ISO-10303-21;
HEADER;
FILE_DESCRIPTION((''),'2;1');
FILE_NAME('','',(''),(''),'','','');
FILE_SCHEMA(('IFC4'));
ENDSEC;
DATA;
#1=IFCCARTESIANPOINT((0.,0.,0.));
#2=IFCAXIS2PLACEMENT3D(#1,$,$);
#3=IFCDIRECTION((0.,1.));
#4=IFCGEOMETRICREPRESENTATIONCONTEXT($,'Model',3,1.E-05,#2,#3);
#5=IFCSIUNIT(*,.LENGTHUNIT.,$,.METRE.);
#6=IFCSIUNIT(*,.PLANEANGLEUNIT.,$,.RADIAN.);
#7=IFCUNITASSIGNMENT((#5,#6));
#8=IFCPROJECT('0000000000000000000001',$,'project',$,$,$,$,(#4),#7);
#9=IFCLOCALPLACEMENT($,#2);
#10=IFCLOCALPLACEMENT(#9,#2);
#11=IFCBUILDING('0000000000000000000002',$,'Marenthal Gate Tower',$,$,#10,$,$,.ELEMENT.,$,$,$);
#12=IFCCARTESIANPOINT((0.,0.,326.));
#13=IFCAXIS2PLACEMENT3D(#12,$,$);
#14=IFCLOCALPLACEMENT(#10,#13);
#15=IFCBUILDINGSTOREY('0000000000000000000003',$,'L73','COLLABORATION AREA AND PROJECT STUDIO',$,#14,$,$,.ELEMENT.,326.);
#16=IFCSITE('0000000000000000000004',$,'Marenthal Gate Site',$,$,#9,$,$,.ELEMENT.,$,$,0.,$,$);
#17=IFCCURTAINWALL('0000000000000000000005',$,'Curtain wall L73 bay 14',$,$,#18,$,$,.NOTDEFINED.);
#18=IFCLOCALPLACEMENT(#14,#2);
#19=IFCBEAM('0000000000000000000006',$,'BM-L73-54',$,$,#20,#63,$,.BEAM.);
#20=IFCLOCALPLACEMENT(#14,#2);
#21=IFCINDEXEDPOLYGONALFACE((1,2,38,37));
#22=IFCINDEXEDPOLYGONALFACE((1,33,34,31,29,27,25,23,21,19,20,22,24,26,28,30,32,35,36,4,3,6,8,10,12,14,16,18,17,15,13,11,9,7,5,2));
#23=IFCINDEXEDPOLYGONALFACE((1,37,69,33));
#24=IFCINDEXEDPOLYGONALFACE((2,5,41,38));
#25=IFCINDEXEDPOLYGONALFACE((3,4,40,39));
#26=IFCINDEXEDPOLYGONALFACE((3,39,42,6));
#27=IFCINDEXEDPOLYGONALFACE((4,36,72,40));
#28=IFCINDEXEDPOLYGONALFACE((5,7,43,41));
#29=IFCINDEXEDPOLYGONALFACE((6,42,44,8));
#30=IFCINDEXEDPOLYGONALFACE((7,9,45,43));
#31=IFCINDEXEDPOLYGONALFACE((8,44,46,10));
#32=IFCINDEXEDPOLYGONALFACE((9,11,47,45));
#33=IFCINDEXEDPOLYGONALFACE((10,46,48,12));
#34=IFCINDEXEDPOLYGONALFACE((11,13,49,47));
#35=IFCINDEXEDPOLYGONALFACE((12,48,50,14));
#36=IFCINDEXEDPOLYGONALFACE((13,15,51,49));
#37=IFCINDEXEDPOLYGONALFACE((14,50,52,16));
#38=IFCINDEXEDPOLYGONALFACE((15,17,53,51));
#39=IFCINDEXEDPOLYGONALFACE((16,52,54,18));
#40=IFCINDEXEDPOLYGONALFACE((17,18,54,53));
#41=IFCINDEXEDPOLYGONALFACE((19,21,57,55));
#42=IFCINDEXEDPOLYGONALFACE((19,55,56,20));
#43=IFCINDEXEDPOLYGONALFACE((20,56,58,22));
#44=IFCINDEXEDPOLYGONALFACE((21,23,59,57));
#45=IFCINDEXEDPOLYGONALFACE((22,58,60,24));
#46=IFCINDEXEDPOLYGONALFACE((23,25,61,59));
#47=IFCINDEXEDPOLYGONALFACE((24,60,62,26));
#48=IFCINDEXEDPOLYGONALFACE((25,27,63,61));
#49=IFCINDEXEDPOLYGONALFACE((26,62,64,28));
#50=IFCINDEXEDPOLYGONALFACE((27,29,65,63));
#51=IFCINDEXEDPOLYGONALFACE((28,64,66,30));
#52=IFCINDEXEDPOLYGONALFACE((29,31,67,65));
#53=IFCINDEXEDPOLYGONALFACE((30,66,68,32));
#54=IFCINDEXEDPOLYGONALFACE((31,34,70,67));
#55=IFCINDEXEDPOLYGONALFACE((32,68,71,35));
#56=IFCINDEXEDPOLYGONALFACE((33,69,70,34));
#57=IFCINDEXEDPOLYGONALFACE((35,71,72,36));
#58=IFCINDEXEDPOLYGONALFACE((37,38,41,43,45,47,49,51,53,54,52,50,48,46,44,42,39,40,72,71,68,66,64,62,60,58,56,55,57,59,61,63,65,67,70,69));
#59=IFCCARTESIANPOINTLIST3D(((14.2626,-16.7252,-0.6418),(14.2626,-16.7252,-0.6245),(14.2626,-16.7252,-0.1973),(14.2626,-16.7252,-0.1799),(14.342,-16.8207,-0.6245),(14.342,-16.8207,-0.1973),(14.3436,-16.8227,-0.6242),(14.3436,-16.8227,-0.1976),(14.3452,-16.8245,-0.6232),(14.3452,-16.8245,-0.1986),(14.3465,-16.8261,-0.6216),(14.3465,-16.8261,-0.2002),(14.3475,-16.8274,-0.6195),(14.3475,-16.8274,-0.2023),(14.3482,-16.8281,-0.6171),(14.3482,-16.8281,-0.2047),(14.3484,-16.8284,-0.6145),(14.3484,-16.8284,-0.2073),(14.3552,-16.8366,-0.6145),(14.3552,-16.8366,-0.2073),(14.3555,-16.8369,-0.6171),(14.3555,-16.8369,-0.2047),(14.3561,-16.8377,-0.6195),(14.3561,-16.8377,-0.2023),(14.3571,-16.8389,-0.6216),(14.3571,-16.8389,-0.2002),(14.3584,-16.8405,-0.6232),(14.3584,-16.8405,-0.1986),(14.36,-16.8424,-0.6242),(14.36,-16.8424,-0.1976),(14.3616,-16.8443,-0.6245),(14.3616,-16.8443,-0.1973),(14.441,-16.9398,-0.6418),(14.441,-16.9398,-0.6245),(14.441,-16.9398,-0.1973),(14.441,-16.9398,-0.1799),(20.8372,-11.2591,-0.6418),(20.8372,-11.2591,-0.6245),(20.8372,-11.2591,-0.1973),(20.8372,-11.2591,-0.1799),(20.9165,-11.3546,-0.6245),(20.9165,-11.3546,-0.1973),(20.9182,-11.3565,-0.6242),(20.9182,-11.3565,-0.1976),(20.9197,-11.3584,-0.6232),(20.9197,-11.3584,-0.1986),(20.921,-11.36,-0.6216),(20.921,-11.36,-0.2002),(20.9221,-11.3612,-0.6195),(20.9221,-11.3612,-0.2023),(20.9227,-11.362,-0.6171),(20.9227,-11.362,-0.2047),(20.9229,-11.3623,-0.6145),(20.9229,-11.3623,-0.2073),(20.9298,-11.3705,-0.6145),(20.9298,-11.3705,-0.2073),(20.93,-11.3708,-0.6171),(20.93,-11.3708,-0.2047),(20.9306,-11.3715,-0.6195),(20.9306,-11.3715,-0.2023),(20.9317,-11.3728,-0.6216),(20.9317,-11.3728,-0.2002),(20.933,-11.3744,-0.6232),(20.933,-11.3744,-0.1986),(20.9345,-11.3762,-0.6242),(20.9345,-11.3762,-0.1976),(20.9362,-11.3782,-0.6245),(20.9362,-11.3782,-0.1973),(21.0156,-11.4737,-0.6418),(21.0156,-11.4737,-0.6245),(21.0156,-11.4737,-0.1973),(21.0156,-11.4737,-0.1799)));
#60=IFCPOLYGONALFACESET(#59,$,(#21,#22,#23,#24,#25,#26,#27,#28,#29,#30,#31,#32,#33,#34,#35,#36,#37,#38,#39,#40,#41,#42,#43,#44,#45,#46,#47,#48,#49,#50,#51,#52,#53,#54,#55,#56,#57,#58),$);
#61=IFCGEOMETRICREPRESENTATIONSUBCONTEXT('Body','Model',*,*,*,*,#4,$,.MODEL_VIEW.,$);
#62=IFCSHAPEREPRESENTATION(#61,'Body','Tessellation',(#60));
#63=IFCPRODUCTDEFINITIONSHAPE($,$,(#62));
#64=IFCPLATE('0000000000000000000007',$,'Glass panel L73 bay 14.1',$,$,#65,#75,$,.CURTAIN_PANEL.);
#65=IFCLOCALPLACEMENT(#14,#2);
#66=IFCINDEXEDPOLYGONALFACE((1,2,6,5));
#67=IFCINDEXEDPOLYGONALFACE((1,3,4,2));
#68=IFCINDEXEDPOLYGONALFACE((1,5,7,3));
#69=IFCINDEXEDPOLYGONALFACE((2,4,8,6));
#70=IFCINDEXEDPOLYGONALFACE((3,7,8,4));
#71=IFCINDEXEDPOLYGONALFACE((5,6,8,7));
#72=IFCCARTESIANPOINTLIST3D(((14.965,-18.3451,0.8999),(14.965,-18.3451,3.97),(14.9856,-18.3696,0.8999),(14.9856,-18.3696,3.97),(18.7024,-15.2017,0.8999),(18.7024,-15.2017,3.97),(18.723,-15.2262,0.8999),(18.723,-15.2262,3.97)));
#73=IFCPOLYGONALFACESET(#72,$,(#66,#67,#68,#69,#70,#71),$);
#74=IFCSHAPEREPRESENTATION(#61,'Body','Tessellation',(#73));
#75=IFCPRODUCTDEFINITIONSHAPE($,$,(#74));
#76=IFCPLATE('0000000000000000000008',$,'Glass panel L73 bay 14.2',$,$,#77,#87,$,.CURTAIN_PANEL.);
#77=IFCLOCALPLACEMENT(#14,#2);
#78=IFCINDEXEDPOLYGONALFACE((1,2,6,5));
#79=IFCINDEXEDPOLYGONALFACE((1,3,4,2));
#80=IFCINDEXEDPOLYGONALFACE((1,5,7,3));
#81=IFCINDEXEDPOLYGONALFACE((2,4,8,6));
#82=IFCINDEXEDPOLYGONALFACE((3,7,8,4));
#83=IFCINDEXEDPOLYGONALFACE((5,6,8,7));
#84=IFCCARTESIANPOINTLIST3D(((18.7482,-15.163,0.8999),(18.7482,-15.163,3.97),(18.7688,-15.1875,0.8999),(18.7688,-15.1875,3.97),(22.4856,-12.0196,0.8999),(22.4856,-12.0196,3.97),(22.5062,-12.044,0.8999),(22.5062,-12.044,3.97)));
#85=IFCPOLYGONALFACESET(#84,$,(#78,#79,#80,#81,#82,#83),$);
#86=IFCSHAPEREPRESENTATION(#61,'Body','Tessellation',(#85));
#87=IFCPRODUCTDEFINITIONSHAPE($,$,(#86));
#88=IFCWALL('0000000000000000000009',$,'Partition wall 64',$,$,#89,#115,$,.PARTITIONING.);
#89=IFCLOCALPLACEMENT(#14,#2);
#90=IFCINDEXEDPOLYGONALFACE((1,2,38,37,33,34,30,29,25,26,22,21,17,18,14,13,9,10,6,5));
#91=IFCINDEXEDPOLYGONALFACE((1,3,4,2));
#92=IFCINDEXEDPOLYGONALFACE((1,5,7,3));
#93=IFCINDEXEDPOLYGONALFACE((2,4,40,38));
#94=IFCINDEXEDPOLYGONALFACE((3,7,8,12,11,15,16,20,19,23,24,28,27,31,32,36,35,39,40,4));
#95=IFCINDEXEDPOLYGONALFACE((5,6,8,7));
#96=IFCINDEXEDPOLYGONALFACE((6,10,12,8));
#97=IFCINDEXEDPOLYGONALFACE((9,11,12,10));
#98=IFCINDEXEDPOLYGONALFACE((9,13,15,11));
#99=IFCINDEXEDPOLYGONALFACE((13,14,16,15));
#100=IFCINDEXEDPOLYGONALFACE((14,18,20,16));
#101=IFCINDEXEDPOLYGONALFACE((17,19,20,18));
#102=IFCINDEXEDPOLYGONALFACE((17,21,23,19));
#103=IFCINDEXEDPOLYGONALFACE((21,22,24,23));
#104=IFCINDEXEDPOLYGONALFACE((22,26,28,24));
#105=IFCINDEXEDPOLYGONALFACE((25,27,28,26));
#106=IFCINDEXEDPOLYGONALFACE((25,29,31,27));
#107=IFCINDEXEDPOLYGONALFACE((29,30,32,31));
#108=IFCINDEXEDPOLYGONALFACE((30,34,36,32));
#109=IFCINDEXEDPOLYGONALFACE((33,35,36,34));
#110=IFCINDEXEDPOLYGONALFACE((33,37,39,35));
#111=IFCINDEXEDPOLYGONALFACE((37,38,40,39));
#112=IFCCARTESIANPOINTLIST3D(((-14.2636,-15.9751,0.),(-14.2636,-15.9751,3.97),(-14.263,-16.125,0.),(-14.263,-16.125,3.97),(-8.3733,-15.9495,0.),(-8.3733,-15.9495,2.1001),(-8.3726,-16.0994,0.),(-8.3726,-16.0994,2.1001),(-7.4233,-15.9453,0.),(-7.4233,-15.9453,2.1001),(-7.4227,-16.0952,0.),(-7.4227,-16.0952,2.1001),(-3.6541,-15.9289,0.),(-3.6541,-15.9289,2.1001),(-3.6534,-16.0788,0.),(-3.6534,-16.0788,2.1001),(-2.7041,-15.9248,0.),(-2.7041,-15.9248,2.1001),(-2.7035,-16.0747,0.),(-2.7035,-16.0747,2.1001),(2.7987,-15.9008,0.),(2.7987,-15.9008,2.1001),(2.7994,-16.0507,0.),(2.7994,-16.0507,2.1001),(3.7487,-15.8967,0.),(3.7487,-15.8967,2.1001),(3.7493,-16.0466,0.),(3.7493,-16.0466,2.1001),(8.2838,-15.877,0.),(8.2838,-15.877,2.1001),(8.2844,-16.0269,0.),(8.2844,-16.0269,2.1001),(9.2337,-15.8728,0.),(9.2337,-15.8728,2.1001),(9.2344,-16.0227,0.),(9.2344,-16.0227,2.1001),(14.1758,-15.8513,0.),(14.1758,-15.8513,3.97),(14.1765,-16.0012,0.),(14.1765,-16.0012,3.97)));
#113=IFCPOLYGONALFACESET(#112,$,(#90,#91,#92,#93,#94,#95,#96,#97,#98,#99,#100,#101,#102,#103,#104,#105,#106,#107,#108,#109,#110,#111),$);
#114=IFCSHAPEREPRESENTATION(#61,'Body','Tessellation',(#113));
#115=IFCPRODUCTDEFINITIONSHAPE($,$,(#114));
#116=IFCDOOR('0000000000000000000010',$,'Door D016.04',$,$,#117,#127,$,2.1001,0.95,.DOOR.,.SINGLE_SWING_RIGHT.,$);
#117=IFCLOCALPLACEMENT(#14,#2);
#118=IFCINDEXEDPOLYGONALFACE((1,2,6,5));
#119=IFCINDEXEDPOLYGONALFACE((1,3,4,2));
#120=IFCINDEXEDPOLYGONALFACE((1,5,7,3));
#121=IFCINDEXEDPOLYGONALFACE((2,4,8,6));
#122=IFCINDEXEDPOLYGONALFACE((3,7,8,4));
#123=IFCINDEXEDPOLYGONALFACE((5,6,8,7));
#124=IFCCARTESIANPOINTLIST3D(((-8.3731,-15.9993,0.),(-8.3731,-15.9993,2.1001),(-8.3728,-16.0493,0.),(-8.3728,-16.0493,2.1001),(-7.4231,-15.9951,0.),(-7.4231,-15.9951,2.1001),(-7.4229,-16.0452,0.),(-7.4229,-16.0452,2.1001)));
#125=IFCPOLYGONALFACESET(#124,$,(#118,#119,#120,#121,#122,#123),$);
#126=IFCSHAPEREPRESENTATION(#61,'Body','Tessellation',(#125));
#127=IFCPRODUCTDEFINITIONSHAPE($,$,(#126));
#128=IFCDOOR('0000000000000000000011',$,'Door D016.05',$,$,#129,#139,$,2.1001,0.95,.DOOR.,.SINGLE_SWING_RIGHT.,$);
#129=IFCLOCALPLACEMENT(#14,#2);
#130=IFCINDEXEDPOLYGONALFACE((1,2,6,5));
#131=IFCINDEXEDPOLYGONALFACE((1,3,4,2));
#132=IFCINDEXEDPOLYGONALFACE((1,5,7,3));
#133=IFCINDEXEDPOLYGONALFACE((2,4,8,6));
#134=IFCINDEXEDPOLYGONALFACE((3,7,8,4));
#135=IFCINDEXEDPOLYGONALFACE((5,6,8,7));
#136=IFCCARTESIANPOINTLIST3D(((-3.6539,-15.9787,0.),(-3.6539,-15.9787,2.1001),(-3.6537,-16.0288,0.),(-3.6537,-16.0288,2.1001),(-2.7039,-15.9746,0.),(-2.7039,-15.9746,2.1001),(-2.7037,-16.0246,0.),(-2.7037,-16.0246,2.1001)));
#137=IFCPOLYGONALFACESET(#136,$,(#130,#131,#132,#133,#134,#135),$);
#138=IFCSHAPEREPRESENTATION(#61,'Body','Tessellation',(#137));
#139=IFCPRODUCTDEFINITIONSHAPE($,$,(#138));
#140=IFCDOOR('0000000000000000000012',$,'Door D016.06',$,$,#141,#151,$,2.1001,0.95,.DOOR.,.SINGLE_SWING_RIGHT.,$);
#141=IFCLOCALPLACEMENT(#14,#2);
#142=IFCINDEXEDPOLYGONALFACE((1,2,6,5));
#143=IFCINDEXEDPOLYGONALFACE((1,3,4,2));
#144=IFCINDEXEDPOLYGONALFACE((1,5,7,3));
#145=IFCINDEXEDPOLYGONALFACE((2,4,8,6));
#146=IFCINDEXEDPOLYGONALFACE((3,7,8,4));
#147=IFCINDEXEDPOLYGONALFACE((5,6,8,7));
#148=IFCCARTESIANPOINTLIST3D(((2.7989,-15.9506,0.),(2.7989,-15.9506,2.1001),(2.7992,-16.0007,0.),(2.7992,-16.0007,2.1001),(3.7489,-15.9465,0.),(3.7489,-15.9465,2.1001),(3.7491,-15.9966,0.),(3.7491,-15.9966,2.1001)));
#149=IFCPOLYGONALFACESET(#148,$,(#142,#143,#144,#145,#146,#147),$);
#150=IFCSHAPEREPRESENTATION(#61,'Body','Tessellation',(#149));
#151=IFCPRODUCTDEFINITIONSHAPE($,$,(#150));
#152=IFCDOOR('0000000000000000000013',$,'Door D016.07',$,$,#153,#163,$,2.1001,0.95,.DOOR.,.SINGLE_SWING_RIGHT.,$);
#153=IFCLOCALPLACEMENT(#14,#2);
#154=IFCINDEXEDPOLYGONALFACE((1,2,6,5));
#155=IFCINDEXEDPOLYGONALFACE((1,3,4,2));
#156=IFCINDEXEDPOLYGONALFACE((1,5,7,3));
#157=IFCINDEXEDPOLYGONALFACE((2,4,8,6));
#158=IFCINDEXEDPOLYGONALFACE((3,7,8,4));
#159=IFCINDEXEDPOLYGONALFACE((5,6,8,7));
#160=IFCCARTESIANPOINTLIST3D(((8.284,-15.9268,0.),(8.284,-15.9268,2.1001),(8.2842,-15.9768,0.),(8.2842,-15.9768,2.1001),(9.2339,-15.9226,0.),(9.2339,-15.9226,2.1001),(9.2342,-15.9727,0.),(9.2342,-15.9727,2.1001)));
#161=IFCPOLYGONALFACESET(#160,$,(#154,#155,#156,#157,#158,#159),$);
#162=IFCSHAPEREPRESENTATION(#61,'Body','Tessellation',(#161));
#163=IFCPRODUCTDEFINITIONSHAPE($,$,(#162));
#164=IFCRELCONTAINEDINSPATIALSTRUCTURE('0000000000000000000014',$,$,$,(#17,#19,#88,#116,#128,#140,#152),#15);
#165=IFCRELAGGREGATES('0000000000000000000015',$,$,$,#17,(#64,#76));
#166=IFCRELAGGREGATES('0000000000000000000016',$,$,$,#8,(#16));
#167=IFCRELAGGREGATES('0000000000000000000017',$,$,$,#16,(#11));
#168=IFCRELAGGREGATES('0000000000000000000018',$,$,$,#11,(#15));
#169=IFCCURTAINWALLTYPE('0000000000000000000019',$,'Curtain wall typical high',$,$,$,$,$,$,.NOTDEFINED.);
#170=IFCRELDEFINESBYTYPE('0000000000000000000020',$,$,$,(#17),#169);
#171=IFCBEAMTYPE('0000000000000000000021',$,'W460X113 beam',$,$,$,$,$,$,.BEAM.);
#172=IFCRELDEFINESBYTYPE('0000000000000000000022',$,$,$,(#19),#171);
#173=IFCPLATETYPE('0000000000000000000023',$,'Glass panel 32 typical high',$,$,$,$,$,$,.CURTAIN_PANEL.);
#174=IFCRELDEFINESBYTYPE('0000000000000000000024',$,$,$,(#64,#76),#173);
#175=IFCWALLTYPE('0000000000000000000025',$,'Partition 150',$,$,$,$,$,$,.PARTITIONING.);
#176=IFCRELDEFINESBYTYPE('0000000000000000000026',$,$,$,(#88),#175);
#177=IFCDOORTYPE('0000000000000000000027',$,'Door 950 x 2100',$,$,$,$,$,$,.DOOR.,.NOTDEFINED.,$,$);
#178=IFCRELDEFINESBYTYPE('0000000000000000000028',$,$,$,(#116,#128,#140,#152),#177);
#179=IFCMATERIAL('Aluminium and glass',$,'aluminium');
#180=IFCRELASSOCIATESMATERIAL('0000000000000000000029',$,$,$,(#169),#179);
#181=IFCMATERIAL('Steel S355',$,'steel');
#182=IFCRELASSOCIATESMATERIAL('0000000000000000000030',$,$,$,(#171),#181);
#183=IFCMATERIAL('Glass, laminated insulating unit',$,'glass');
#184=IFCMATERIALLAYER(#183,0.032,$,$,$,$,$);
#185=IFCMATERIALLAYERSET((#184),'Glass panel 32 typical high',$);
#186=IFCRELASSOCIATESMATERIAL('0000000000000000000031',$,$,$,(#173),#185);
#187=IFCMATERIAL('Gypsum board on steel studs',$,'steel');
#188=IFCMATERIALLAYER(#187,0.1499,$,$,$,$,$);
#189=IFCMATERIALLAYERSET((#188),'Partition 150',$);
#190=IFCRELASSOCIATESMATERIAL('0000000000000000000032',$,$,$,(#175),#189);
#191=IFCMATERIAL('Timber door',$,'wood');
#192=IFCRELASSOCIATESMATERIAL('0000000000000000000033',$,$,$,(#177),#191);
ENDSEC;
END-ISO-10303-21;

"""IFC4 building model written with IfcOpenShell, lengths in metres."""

from ifc_helpers import new_model, si_unit, direction, frame, frame_2d, origin, origin_2d, place, context, subcontext, project, spatial, rectangle, i_section, extrude, material, layer, layer_set, material_profile, profile_set, type_object, element, fill, aggregate, save


model = new_model("IFC4")

# Units and contexts
model_context = context("Model", 3, precision=1e-05, world=origin(), true_north=direction((0.0, 1.0)))
body_context = subcontext(model_context, "Body", "Model", "MODEL_VIEW")
ifc_project = project(units=[si_unit("LENGTHUNIT", "METRE"), si_unit("PLANEANGLEUNIT", "RADIAN")], contexts=[model_context])

# Site, building, storey
site_placement = place(None, origin())
site = spatial("IfcSite", under=ifc_project, at=site_placement, Name="Marenthal Gate Site", CompositionType="ELEMENT", RefElevation=0.0)
building_placement = place(site_placement, origin())
building = spatial("IfcBuilding", under=site, at=building_placement, Name="Marenthal Gate Tower", CompositionType="ELEMENT")
storey_placement = place(building_placement, frame((0.0, 0.0, 326.0)))
storey = spatial("IfcBuildingStorey", under=building, at=storey_placement, Name="L73", Description="COLLABORATION AREA AND PROJECT STUDIO", CompositionType="ELEMENT", Elevation=326.0)

# Curtain wall
ifc_material_1 = material(Name="Aluminium and glass", Category="aluminium")
curtain_wall_type = type_object("IfcCurtainWallType", Name="Curtain wall typical high", PredefinedType="NOTDEFINED", material=ifc_material_1)
curtain_wall_placement = place(storey_placement, origin())
curtain_wall = element("IfcCurtainWall", 1, at=curtain_wall_placement, inside=storey, type_object=curtain_wall_type, Name="Curtain wall L73 bay 14", PredefinedType="NOTDEFINED")

# Beam
ifc_material_2 = material(Name="Steel S355", Category="steel")
ifc_material_profile_1 = material_profile(ifc_material_2, i_section(OverallWidth=0.2791, OverallDepth=0.4619, WebThickness=0.0107, FlangeThickness=0.0173, FilletRadius=0.01, at=origin_2d()), Name="W460X113")
ifc_profile_set_1 = profile_set([ifc_material_profile_1], Name="Steel S355")
beam_type_1 = type_object("IfcBeamType", Name="W460X113 beam", PredefinedType="BEAM", material=ifc_profile_set_1)
beam_1_placement = place(storey_placement, frame((14.3518, -16.8325, -0.4109), z_axis=(0.768949, 0.63931, 0.0), x_axis=(-0.63931, 0.768949, 0.0)))
element("IfcBeam", 2, at=beam_1_placement, inside=storey, type_object=beam_type_1, Name="BM-L73-54", PredefinedType="BEAM", context=body_context, shape_type="SweptSolid", body=[
    extrude(i_section(OverallWidth=0.2791, OverallDepth=0.4619, WebThickness=0.0107, FlangeThickness=0.0173, FilletRadius=0.01, at=origin_2d()), origin(), (0.0, 0.0, 1.0), 8.55),
])

# Plates
ifc_material_3 = material(Name="Glass, laminated insulating unit", Category="glass")
ifc_layer_1 = layer(ifc_material_3, 0.032)
ifc_layer_set_1 = layer_set([ifc_layer_1], Name="Glass panel 32 typical high")
plate_type = type_object("IfcPlateType", Name="Glass panel 32 typical high", PredefinedType="CURTAIN_PANEL", material=ifc_layer_set_1)
plate_1_placement = place(storey_placement, frame((16.844, -16.7856, 0.8999), z_axis=(0.0, 0.0, 1.0), x_axis=(0.765298, 0.643676, 0.0)))
plate_1 = element("IfcPlate", 3, at=plate_1_placement, type_object=plate_type, Name="Glass panel L73 bay 14.1", PredefinedType="CURTAIN_PANEL", context=body_context, shape_type="SweptSolid", body=[
    extrude(rectangle(XDim=4.8835, YDim=0.032, at=origin_2d()), origin(), (0.0, 0.0, 1.0), 3.0701),
])
plate_2_placement = place(storey_placement, frame((20.6272, -13.6035, 0.8999), z_axis=(0.0, 0.0, 1.0), x_axis=(0.765298, 0.643676, 0.0)))
plate_2 = element("IfcPlate", 4, at=plate_2_placement, type_object=plate_type, Name="Glass panel L73 bay 14.2", PredefinedType="CURTAIN_PANEL", context=body_context, shape_type="SweptSolid", body=[
    extrude(rectangle(XDim=4.8835, YDim=0.032, at=origin_2d()), origin(), (0.0, 0.0, 1.0), 3.0701),
])
aggregate(curtain_wall, [plate_1, plate_2])

# Wall, openings, doors
ifc_material_4 = material(Name="Gypsum board on steel studs", Category="steel")
ifc_layer_2 = layer(ifc_material_4, 0.1499)
ifc_layer_set_2 = layer_set([ifc_layer_2], Name="Partition 150")
wall_type_1 = type_object("IfcWallType", Name="Partition 150", PredefinedType="PARTITIONING", material=ifc_layer_set_2)
wall_1_placement = place(storey_placement, frame((14.176, -15.9263, 0.0), z_axis=(0.0, 0.0, 1.0), x_axis=(-0.999991, -0.004352, 0.0)))
wall_1 = element("IfcWall", 5, at=wall_1_placement, inside=storey, type_object=wall_type_1, Name="Partition wall 64", PredefinedType="PARTITIONING", context=body_context, shape_type="SweptSolid", body=[
    extrude(rectangle(XDim=28.4397, YDim=0.1499, at=frame_2d((14.2197, 0.0))), origin(), (0.0, 0.0, 1.0), 3.97),
])
opening_1_placement = place(wall_1_placement, frame((21.5991, 0.0, 0.0)))
opening_1 = element("IfcOpeningElement", 6, at=opening_1_placement, cuts=wall_1, PredefinedType="OPENING", context=body_context, shape_type="SweptSolid", body=[
    extrude(rectangle(XDim=0.95, YDim=2.1001, at=frame_2d((0.4751, 1.05))), frame((0.0, 0.085, 0.0), z_axis=(0.0, -1.0, 0.0), x_axis=(1.0, 0.0, 0.0)), (0.0, 0.0, 1.0), 0.1699),
])
opening_2_placement = place(wall_1_placement, frame((16.8799, 0.0, 0.0)))
opening_2 = element("IfcOpeningElement", 7, at=opening_2_placement, cuts=wall_1, PredefinedType="OPENING", context=body_context, shape_type="SweptSolid", body=[
    extrude(rectangle(XDim=0.95, YDim=2.1001, at=frame_2d((0.4751, 1.05))), frame((0.0, 0.085, 0.0), z_axis=(0.0, -1.0, 0.0), x_axis=(1.0, 0.0, 0.0)), (0.0, 0.0, 1.0), 0.1699),
])
opening_3_placement = place(wall_1_placement, frame((10.427, 0.0, 0.0)))
opening_3 = element("IfcOpeningElement", 8, at=opening_3_placement, cuts=wall_1, PredefinedType="OPENING", context=body_context, shape_type="SweptSolid", body=[
    extrude(rectangle(XDim=0.95, YDim=2.1001, at=frame_2d((0.4751, 1.05))), frame((0.0, 0.085, 0.0), z_axis=(0.0, -1.0, 0.0), x_axis=(1.0, 0.0, 0.0)), (0.0, 0.0, 1.0), 0.1699),
])
opening_4_placement = place(wall_1_placement, frame((4.9419, 0.0, 0.0)))
opening_4 = element("IfcOpeningElement", 9, at=opening_4_placement, cuts=wall_1, PredefinedType="OPENING", context=body_context, shape_type="SweptSolid", body=[
    extrude(rectangle(XDim=0.95, YDim=2.1001, at=frame_2d((0.4751, 1.05))), frame((0.0, 0.085, 0.0), z_axis=(0.0, -1.0, 0.0), x_axis=(1.0, 0.0, 0.0)), (0.0, 0.0, 1.0), 0.1699),
])
ifc_material_5 = material(Name="Timber door", Category="wood")
door_type_1 = type_object("IfcDoorType", Name="Door 950 x 2100", OperationType="NOTDEFINED", PredefinedType="DOOR", material=ifc_material_5)
door_1_placement = place(opening_1_placement, origin())
door_1 = element("IfcDoor", 10, at=door_1_placement, inside=storey, type_object=door_type_1, Name="Door D016.04", OperationType="SINGLE_SWING_RIGHT", OverallHeight=2.1001, OverallWidth=0.95, PredefinedType="DOOR", context=body_context, shape_type="SweptSolid", body=[
    extrude(rectangle(XDim=0.95, YDim=2.1001, at=frame_2d((0.4751, 1.05))), frame((0.0, 0.0249, 0.0), z_axis=(0.0, -1.0, 0.0), x_axis=(1.0, 0.0, 0.0)), (0.0, 0.0, 1.0), 0.05),
])
fill(opening_1, door_1)
door_2_placement = place(opening_2_placement, origin())
door_2 = element("IfcDoor", 11, at=door_2_placement, inside=storey, type_object=door_type_1, Name="Door D016.05", OperationType="SINGLE_SWING_RIGHT", OverallHeight=2.1001, OverallWidth=0.95, PredefinedType="DOOR", context=body_context, shape_type="SweptSolid", body=[
    extrude(rectangle(XDim=0.95, YDim=2.1001, at=frame_2d((0.4751, 1.05))), frame((0.0, 0.0249, 0.0), z_axis=(0.0, -1.0, 0.0), x_axis=(1.0, 0.0, 0.0)), (0.0, 0.0, 1.0), 0.05),
])
fill(opening_2, door_2)
door_3_placement = place(opening_3_placement, origin())
door_3 = element("IfcDoor", 12, at=door_3_placement, inside=storey, type_object=door_type_1, Name="Door D016.06", OperationType="SINGLE_SWING_RIGHT", OverallHeight=2.1001, OverallWidth=0.95, PredefinedType="DOOR", context=body_context, shape_type="SweptSolid", body=[
    extrude(rectangle(XDim=0.95, YDim=2.1001, at=frame_2d((0.4751, 1.05))), frame((0.0, 0.0249, 0.0), z_axis=(0.0, -1.0, 0.0), x_axis=(1.0, 0.0, 0.0)), (0.0, 0.0, 1.0), 0.05),
])
fill(opening_3, door_3)
door_4_placement = place(opening_4_placement, origin())
door_4 = element("IfcDoor", 13, at=door_4_placement, inside=storey, type_object=door_type_1, Name="Door D016.07", OperationType="SINGLE_SWING_RIGHT", OverallHeight=2.1001, OverallWidth=0.95, PredefinedType="DOOR", context=body_context, shape_type="SweptSolid", body=[
    extrude(rectangle(XDim=0.95, YDim=2.1001, at=frame_2d((0.4751, 1.05))), frame((0.0, 0.0249, 0.0), z_axis=(0.0, -1.0, 0.0), x_axis=(1.0, 0.0, 0.0)), (0.0, 0.0, 1.0), 0.05),
])
fill(opening_4, door_4)

save(model, "model.ifc")
